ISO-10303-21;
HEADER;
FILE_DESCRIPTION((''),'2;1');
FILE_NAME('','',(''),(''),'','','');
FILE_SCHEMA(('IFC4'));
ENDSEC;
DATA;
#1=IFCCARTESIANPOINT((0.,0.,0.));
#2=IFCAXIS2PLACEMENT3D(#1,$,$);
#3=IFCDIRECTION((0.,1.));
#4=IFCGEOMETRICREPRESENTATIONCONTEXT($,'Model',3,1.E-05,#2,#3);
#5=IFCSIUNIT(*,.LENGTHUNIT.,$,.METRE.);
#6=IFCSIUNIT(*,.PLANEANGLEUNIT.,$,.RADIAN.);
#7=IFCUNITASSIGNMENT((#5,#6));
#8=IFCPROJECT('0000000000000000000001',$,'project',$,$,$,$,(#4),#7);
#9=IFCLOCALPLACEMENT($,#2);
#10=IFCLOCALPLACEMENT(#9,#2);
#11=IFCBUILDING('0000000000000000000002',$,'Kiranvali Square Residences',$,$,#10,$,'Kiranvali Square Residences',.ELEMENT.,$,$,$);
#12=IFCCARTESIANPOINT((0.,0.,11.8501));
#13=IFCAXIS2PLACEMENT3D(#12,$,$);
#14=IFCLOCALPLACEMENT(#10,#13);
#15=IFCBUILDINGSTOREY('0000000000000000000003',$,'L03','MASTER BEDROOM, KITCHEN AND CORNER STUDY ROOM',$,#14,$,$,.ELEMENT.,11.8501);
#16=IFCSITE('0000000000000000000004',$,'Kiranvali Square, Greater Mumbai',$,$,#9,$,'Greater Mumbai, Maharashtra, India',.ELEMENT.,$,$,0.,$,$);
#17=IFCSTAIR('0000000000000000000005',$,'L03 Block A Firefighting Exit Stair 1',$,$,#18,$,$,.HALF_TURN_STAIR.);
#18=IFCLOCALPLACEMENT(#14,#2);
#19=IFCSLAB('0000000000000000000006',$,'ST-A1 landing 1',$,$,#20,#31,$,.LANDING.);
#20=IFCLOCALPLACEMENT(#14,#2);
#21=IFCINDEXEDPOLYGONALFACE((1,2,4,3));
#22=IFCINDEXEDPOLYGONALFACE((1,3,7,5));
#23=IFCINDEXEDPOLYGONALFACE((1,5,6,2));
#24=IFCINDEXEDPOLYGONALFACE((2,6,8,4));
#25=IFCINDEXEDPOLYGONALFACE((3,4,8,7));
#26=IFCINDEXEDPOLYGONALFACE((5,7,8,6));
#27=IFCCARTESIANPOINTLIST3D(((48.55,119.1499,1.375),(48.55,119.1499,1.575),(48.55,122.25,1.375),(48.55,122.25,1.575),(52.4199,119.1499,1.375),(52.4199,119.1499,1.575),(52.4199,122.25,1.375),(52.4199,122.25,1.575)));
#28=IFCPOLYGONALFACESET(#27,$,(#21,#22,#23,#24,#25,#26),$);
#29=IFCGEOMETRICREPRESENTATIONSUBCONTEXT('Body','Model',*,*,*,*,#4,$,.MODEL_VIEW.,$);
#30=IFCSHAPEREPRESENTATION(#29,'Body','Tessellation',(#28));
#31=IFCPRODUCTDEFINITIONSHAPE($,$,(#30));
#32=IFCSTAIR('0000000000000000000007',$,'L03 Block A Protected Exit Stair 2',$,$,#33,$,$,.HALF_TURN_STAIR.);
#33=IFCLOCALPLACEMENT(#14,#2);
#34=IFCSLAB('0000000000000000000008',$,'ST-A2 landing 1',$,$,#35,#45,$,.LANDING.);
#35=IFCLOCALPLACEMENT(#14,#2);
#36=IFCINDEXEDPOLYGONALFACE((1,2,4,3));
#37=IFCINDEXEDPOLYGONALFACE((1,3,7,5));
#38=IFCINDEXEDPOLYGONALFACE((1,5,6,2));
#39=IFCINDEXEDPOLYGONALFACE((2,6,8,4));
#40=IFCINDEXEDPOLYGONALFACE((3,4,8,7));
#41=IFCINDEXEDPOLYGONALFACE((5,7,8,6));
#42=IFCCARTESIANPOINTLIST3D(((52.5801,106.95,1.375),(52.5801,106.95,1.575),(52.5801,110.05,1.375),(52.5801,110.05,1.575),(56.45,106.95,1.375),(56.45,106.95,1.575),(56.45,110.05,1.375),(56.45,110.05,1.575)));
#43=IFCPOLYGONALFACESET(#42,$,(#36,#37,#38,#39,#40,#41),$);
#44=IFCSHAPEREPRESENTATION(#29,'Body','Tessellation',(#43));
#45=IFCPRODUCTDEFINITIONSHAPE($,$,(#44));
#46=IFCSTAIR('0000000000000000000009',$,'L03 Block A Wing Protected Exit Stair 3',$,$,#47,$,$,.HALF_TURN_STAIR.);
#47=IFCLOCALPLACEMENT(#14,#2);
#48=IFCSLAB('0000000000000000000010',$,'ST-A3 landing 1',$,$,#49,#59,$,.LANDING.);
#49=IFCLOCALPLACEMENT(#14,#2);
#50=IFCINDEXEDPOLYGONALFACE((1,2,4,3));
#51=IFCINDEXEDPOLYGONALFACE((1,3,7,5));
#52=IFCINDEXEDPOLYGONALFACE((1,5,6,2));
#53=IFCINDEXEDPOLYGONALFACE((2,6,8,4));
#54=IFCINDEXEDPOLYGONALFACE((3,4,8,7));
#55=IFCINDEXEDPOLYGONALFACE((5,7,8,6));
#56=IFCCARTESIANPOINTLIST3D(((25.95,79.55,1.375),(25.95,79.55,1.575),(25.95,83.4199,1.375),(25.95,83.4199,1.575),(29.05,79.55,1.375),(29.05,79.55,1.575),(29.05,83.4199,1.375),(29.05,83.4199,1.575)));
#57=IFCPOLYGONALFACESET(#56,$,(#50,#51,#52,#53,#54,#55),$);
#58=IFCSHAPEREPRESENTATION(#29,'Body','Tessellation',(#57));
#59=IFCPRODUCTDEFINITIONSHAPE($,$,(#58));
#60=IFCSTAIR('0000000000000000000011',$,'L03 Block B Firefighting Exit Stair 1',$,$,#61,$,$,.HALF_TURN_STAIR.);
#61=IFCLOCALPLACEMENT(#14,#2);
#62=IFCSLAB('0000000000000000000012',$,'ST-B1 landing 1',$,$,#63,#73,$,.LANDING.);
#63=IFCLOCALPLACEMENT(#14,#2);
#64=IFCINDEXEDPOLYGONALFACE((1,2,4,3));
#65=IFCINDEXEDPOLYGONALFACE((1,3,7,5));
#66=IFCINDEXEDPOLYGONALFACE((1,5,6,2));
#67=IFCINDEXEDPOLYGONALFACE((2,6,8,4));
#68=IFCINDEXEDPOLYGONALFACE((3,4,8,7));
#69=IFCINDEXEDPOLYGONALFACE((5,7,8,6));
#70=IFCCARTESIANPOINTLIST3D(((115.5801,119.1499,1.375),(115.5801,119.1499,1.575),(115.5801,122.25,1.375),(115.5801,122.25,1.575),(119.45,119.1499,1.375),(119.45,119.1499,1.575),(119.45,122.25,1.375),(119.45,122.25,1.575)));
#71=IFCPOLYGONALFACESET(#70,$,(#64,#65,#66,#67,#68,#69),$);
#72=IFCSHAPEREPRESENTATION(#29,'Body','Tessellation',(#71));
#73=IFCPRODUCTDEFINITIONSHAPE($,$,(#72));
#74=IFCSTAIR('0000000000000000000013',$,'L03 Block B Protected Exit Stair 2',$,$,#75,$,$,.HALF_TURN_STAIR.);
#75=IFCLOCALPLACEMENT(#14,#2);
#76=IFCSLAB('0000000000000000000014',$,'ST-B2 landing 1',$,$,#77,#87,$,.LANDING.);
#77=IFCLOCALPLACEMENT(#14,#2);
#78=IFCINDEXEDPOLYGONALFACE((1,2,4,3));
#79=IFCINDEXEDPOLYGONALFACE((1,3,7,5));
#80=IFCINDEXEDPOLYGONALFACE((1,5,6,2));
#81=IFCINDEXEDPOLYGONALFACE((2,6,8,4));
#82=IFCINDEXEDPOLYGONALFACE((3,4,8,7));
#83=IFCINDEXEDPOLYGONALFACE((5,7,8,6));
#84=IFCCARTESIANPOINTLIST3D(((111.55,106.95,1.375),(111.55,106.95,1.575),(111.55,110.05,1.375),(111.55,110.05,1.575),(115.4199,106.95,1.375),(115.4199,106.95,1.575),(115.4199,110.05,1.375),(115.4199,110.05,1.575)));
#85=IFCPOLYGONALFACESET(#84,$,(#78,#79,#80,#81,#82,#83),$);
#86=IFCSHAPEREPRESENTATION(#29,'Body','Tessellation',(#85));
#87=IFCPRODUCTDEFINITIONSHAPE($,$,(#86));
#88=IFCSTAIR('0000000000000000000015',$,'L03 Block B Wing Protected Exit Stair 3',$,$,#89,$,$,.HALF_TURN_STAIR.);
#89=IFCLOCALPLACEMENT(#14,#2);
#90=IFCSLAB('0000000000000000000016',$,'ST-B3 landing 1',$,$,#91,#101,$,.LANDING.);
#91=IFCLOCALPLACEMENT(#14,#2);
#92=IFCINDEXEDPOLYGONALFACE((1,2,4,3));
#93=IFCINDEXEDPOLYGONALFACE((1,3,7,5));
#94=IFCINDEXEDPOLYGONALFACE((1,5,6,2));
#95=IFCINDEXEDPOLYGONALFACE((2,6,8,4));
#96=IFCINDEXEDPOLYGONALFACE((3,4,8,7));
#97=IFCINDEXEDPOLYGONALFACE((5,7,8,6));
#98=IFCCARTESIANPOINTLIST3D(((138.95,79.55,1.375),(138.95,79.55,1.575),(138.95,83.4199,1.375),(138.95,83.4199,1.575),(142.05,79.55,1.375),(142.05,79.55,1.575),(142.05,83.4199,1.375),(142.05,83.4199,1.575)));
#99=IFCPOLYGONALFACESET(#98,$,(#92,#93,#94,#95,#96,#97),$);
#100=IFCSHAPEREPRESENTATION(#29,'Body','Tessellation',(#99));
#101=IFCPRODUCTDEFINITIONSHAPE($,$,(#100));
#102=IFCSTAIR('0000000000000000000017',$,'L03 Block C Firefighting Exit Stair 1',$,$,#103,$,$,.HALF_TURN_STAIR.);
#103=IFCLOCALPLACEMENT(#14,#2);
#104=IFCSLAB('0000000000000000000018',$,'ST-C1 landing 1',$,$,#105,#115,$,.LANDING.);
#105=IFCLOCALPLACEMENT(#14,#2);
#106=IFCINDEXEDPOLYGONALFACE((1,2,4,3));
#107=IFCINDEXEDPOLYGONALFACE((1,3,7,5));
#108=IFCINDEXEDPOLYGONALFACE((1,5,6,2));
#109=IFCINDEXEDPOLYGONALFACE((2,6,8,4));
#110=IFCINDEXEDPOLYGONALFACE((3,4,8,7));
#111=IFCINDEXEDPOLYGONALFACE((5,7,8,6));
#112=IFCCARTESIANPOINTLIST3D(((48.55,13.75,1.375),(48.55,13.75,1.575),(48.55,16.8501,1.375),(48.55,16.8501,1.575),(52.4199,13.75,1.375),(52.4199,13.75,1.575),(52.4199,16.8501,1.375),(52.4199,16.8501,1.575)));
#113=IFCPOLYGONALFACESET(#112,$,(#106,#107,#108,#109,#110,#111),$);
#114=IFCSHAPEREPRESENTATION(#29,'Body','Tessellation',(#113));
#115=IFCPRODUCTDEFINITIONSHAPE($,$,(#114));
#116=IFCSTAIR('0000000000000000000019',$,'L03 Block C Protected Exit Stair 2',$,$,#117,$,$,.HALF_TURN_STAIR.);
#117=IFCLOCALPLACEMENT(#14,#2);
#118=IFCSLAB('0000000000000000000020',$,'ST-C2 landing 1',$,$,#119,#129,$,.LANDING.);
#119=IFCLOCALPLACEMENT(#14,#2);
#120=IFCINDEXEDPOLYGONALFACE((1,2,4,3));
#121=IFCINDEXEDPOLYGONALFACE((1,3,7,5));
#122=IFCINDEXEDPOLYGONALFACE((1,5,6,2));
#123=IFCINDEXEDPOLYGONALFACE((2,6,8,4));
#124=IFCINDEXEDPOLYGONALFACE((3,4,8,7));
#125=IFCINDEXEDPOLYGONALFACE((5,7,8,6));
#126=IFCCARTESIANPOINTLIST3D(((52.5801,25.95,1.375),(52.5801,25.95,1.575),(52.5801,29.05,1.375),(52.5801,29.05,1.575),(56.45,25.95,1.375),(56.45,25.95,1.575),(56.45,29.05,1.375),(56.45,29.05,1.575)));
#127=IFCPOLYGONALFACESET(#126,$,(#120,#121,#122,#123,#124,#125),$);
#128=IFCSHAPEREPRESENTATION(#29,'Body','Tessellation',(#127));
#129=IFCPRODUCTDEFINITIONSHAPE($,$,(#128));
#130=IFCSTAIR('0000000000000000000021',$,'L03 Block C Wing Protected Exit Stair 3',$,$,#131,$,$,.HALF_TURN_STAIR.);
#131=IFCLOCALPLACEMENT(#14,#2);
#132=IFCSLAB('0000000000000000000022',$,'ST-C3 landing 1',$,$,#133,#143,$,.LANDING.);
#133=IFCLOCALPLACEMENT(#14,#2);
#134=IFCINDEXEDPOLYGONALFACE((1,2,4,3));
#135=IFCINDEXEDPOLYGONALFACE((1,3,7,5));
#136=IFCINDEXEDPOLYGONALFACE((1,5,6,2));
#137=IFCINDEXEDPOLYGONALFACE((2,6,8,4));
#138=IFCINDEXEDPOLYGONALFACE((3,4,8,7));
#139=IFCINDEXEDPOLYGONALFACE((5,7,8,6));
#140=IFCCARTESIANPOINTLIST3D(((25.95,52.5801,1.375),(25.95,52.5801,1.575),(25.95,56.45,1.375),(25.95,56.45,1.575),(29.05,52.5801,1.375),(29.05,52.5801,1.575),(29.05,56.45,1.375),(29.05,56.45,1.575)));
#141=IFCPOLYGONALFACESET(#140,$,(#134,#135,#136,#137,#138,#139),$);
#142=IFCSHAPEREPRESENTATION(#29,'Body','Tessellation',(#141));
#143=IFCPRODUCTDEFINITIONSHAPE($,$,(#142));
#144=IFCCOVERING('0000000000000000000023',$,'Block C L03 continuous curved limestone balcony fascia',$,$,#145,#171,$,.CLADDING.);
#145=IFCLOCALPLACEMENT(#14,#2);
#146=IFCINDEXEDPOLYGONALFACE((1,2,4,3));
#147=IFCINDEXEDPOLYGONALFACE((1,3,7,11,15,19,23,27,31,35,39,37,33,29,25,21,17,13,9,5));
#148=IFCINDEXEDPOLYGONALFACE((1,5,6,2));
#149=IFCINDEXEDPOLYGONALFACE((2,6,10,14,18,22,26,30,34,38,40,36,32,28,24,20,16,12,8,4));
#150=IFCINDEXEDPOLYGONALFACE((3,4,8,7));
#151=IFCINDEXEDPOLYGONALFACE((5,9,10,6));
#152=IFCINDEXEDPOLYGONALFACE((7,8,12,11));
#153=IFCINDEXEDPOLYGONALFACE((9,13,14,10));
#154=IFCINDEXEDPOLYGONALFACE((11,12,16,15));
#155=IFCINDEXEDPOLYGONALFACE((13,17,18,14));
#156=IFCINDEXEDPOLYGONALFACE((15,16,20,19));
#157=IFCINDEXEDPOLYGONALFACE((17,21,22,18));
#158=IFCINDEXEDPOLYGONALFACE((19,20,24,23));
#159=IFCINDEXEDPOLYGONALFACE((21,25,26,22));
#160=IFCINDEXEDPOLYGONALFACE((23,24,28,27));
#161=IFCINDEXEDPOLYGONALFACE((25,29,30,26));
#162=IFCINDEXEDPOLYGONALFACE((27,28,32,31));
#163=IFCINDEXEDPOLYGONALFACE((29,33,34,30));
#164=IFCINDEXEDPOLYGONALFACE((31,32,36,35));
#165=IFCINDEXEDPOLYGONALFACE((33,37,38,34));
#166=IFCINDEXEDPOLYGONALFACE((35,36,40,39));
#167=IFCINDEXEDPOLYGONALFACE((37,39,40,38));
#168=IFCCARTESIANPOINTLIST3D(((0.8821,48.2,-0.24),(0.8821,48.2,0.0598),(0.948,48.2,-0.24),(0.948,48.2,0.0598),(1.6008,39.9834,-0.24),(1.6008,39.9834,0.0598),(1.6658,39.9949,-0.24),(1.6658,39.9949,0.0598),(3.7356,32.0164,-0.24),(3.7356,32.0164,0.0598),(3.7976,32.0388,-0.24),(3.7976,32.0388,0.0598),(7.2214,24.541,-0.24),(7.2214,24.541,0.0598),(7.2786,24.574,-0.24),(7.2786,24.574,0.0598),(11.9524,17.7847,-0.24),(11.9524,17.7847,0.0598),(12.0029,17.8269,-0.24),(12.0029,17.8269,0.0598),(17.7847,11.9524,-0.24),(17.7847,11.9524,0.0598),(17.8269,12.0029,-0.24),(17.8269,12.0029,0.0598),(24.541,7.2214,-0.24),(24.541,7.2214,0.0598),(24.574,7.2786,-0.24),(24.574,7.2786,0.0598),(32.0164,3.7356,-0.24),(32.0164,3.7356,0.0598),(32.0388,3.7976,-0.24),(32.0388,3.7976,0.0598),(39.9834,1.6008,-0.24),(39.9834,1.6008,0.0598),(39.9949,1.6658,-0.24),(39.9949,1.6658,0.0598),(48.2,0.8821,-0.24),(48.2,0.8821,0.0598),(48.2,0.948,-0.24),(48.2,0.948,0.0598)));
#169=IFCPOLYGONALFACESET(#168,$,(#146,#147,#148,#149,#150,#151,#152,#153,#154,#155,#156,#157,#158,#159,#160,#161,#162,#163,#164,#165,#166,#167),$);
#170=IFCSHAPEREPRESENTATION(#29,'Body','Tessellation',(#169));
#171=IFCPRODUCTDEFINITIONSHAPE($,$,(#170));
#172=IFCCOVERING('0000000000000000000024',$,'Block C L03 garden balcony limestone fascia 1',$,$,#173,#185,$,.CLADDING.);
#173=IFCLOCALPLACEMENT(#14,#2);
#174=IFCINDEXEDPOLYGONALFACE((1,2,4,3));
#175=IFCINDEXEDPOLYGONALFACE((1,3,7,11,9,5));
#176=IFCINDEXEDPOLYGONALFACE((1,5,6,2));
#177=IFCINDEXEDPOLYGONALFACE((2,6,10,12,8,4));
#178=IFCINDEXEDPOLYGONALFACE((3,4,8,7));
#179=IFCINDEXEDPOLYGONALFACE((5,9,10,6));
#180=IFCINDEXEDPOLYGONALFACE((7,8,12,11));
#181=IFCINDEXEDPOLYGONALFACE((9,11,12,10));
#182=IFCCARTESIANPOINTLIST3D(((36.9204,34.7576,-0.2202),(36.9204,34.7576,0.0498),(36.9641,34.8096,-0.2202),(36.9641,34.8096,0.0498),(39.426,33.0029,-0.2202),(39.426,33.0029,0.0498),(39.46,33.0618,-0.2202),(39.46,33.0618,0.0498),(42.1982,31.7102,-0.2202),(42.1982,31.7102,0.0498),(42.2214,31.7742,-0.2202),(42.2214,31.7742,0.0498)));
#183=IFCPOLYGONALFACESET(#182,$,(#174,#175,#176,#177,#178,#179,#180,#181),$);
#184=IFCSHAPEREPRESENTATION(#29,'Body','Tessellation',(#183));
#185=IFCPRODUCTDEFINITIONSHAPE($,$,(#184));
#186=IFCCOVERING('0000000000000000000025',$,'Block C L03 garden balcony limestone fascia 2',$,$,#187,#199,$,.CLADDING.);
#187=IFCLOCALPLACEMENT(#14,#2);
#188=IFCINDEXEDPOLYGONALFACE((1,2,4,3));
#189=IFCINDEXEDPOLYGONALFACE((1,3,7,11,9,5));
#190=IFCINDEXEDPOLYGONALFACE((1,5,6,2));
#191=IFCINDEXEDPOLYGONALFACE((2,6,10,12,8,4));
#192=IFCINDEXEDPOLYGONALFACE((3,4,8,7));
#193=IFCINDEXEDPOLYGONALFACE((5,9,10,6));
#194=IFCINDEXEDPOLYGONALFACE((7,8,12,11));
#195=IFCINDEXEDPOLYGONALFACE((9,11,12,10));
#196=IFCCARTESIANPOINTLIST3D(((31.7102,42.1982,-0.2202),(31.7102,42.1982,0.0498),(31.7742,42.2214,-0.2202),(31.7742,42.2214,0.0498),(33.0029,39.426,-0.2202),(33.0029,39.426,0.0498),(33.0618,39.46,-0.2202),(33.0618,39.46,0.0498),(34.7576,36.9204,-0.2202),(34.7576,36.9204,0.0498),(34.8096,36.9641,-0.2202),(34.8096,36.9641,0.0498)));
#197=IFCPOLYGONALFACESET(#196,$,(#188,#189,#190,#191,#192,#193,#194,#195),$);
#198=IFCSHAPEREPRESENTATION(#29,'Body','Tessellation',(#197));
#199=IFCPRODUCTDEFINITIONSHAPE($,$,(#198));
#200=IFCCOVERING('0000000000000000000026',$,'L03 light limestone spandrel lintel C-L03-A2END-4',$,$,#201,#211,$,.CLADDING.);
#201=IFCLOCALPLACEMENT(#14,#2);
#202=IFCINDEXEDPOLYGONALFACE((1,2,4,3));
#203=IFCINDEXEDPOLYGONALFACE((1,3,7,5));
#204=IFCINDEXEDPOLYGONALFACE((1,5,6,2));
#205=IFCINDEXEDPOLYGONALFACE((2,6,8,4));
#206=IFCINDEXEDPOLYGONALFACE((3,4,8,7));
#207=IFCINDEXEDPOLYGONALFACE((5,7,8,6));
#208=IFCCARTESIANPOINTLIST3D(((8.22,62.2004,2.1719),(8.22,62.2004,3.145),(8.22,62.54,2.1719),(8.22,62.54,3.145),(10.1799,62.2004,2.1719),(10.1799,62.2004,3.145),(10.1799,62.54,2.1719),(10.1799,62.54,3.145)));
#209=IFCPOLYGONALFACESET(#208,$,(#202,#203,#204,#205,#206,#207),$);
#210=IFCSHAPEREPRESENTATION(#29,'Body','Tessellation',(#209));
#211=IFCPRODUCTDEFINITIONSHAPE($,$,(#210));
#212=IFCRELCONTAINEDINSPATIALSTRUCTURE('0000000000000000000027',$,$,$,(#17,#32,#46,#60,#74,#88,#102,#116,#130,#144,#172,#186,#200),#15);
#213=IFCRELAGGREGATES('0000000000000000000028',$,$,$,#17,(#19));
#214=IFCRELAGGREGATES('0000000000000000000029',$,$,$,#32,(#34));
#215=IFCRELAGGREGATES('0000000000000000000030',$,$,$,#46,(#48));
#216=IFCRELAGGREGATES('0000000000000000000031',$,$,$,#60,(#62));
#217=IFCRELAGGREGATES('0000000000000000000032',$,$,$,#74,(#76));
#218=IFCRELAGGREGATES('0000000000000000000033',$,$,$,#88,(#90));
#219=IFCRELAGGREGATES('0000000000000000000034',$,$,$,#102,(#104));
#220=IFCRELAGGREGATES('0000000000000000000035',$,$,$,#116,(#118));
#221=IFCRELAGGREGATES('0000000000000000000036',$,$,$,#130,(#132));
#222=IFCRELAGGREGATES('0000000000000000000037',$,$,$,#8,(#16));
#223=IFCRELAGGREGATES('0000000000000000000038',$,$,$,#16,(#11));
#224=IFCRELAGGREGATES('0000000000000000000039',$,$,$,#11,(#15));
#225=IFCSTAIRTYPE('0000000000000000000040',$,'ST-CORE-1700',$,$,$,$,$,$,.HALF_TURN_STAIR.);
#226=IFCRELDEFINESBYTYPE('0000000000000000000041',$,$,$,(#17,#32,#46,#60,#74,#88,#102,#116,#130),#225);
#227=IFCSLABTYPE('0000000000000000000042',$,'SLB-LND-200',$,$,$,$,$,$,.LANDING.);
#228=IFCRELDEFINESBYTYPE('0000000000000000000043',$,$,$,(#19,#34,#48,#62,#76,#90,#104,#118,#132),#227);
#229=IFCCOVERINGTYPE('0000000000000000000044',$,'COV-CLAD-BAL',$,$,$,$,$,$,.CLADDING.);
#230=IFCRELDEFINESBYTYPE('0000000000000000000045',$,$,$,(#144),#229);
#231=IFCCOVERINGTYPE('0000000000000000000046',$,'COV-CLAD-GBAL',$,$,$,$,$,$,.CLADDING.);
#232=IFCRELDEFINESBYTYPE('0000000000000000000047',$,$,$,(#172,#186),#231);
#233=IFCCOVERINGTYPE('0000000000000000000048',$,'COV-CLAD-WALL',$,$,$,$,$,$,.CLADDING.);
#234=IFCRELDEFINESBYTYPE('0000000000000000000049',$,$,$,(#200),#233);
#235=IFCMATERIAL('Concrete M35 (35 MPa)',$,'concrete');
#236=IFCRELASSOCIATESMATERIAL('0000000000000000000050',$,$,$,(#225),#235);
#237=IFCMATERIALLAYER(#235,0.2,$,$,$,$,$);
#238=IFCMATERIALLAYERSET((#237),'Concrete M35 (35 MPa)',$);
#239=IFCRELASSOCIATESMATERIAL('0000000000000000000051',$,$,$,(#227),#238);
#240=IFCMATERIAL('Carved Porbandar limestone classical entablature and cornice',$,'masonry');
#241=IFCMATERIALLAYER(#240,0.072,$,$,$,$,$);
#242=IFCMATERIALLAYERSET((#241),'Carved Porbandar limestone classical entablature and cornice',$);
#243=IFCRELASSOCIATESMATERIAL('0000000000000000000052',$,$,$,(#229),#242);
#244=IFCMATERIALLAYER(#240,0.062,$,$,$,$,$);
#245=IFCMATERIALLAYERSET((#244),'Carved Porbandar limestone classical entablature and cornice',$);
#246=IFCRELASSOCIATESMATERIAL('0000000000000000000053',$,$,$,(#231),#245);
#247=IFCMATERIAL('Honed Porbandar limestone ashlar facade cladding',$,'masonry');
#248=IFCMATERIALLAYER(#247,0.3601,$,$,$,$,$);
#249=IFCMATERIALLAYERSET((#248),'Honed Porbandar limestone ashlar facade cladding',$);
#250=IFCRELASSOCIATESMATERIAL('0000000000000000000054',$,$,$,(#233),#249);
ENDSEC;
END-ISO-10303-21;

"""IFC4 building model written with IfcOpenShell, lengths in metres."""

from ifc_helpers import new_model, si_unit, direction, frame, origin, place, context, subcontext, project, spatial, polyline, outline, extrude, material, layer, layer_set, type_object, element, aggregate, save


model = new_model("IFC4")

# Units and contexts
model_context = context("Model", 3, precision=1e-05, world=origin(), true_north=direction((0.0, 1.0)))
body_context = subcontext(model_context, "Body", "Model", "MODEL_VIEW")
ifc_project = project(units=[si_unit("LENGTHUNIT", "METRE"), si_unit("PLANEANGLEUNIT", "RADIAN")], contexts=[model_context])

# Site, building, storey
site_placement = place(None, origin())
site = spatial("IfcSite", under=ifc_project, at=site_placement, Name="Kiranvali Square, Greater Mumbai", LongName="Greater Mumbai, Maharashtra, India", CompositionType="ELEMENT", RefElevation=0.0)
building_placement = place(site_placement, origin())
building = spatial("IfcBuilding", under=site, at=building_placement, Name="Kiranvali Square Residences", LongName="Kiranvali Square Residences", CompositionType="ELEMENT")
storey_placement = place(building_placement, frame((0.0, 0.0, 11.8501)))
storey = spatial("IfcBuildingStorey", under=building, at=storey_placement, Name="L03", Description="MASTER BEDROOM, KITCHEN AND CORNER STUDY ROOM", CompositionType="ELEMENT", Elevation=11.8501)

# Stairs, slabs
ifc_material_1 = material(Name="Concrete M35 (35 MPa)", Category="concrete")
stair_type = type_object("IfcStairType", Name="ST-CORE-1700", PredefinedType="HALF_TURN_STAIR", material=ifc_material_1)
stair_1_placement = place(storey_placement, origin())
stair_1 = element("IfcStair", 1, at=stair_1_placement, inside=storey, type_object=stair_type, Name="L03 Block A Firefighting Exit Stair 1", PredefinedType="HALF_TURN_STAIR")
ifc_layer_1 = layer(ifc_material_1, 0.2)
ifc_layer_set_1 = layer_set([ifc_layer_1], Name="Concrete M35 (35 MPa)")
slab_type = type_object("IfcSlabType", Name="SLB-LND-200", PredefinedType="LANDING", material=ifc_layer_set_1)
slab_1_placement = place(storey_placement, frame((0.0, 0.0, 1.375)))
slab_1 = element("IfcSlab", 2, at=slab_1_placement, type_object=slab_type, Name="ST-A1 landing 1", PredefinedType="LANDING", context=body_context, shape_type="SweptSolid", body=[
    extrude(outline(polyline([(52.4199, 122.25), (48.55, 122.25), (48.55, 119.1499), (52.4199, 119.1499), (52.4199, 122.25)])), origin(), (0.0, 0.0, 1.0), 0.2),
])
aggregate(stair_1, [slab_1])
stair_2_placement = place(storey_placement, origin())
stair_2 = element("IfcStair", 3, at=stair_2_placement, inside=storey, type_object=stair_type, Name="L03 Block A Protected Exit Stair 2", PredefinedType="HALF_TURN_STAIR")
slab_2_placement = place(storey_placement, frame((0.0, 0.0, 1.375)))
slab_2 = element("IfcSlab", 4, at=slab_2_placement, type_object=slab_type, Name="ST-A2 landing 1", PredefinedType="LANDING", context=body_context, shape_type="SweptSolid", body=[
    extrude(outline(polyline([(52.5801, 106.95), (56.45, 106.95), (56.45, 110.05), (52.5801, 110.05), (52.5801, 106.95)])), origin(), (0.0, 0.0, 1.0), 0.2),
])
aggregate(stair_2, [slab_2])
stair_3_placement = place(storey_placement, origin())
stair_3 = element("IfcStair", 5, at=stair_3_placement, inside=storey, type_object=stair_type, Name="L03 Block A Wing Protected Exit Stair 3", PredefinedType="HALF_TURN_STAIR")
slab_3_placement = place(storey_placement, frame((0.0, 0.0, 1.375)))
slab_3 = element("IfcSlab", 6, at=slab_3_placement, type_object=slab_type, Name="ST-A3 landing 1", PredefinedType="LANDING", context=body_context, shape_type="SweptSolid", body=[
    extrude(outline(polyline([(25.95, 83.4199), (25.95, 79.55), (29.05, 79.55), (29.05, 83.4199), (25.95, 83.4199)])), origin(), (0.0, 0.0, 1.0), 0.2),
])
aggregate(stair_3, [slab_3])
stair_4_placement = place(storey_placement, origin())
stair_4 = element("IfcStair", 7, at=stair_4_placement, inside=storey, type_object=stair_type, Name="L03 Block B Firefighting Exit Stair 1", PredefinedType="HALF_TURN_STAIR")
slab_4_placement = place(storey_placement, frame((0.0, 0.0, 1.375)))
slab_4 = element("IfcSlab", 8, at=slab_4_placement, type_object=slab_type, Name="ST-B1 landing 1", PredefinedType="LANDING", context=body_context, shape_type="SweptSolid", body=[
    extrude(outline(polyline([(115.5801, 119.1499), (119.45, 119.1499), (119.45, 122.25), (115.5801, 122.25), (115.5801, 119.1499)])), origin(), (0.0, 0.0, 1.0), 0.2),
])
aggregate(stair_4, [slab_4])
stair_5_placement = place(storey_placement, origin())
stair_5 = element("IfcStair", 9, at=stair_5_placement, inside=storey, type_object=stair_type, Name="L03 Block B Protected Exit Stair 2", PredefinedType="HALF_TURN_STAIR")
slab_5_placement = place(storey_placement, frame((0.0, 0.0, 1.375)))
slab_5 = element("IfcSlab", 10, at=slab_5_placement, type_object=slab_type, Name="ST-B2 landing 1", PredefinedType="LANDING", context=body_context, shape_type="SweptSolid", body=[
    extrude(outline(polyline([(115.4199, 110.05), (111.55, 110.05), (111.55, 106.95), (115.4199, 106.95), (115.4199, 110.05)])), origin(), (0.0, 0.0, 1.0), 0.2),
])
aggregate(stair_5, [slab_5])
stair_6_placement = place(storey_placement, origin())
stair_6 = element("IfcStair", 11, at=stair_6_placement, inside=storey, type_object=stair_type, Name="L03 Block B Wing Protected Exit Stair 3", PredefinedType="HALF_TURN_STAIR")
slab_6_placement = place(storey_placement, frame((0.0, 0.0, 1.375)))
slab_6 = element("IfcSlab", 12, at=slab_6_placement, type_object=slab_type, Name="ST-B3 landing 1", PredefinedType="LANDING", context=body_context, shape_type="SweptSolid", body=[
    extrude(outline(polyline([(138.95, 83.4199), (138.95, 79.55), (142.05, 79.55), (142.05, 83.4199), (138.95, 83.4199)])), origin(), (0.0, 0.0, 1.0), 0.2),
])
aggregate(stair_6, [slab_6])
stair_7_placement = place(storey_placement, origin())
stair_7 = element("IfcStair", 13, at=stair_7_placement, inside=storey, type_object=stair_type, Name="L03 Block C Firefighting Exit Stair 1", PredefinedType="HALF_TURN_STAIR")
slab_7_placement = place(storey_placement, frame((0.0, 0.0, 1.375)))
slab_7 = element("IfcSlab", 14, at=slab_7_placement, type_object=slab_type, Name="ST-C1 landing 1", PredefinedType="LANDING", context=body_context, shape_type="SweptSolid", body=[
    extrude(outline(polyline([(52.4199, 16.8501), (48.55, 16.8501), (48.55, 13.75), (52.4199, 13.75), (52.4199, 16.8501)])), origin(), (0.0, 0.0, 1.0), 0.2),
])
aggregate(stair_7, [slab_7])
stair_8_placement = place(storey_placement, origin())
stair_8 = element("IfcStair", 15, at=stair_8_placement, inside=storey, type_object=stair_type, Name="L03 Block C Protected Exit Stair 2", PredefinedType="HALF_TURN_STAIR")
slab_8_placement = place(storey_placement, frame((0.0, 0.0, 1.375)))
slab_8 = element("IfcSlab", 16, at=slab_8_placement, type_object=slab_type, Name="ST-C2 landing 1", PredefinedType="LANDING", context=body_context, shape_type="SweptSolid", body=[
    extrude(outline(polyline([(52.5801, 25.95), (56.45, 25.95), (56.45, 29.05), (52.5801, 29.05), (52.5801, 25.95)])), origin(), (0.0, 0.0, 1.0), 0.2),
])
aggregate(stair_8, [slab_8])
stair_9_placement = place(storey_placement, origin())
stair_9 = element("IfcStair", 17, at=stair_9_placement, inside=storey, type_object=stair_type, Name="L03 Block C Wing Protected Exit Stair 3", PredefinedType="HALF_TURN_STAIR")
slab_9_placement = place(storey_placement, frame((0.0, 0.0, 1.375)))
slab_9 = element("IfcSlab", 18, at=slab_9_placement, type_object=slab_type, Name="ST-C3 landing 1", PredefinedType="LANDING", context=body_context, shape_type="SweptSolid", body=[
    extrude(outline(polyline([(29.05, 52.5801), (29.05, 56.45), (25.95, 56.45), (25.95, 52.5801), (29.05, 52.5801)])), origin(), (0.0, 0.0, 1.0), 0.2),
])
aggregate(stair_9, [slab_9])

# Coverings
ifc_material_2 = material(Name="Carved Porbandar limestone classical entablature and cornice", Category="masonry")
ifc_layer_2 = layer(ifc_material_2, 0.072)
ifc_layer_set_2 = layer_set([ifc_layer_2], Name="Carved Porbandar limestone classical entablature and cornice")
covering_type_1 = type_object("IfcCoveringType", Name="COV-CLAD-BAL", PredefinedType="CLADDING", material=ifc_layer_set_2)
covering_1_placement = place(storey_placement, frame((0.0, 0.0, -0.24)))
element("IfcCovering", 19, at=covering_1_placement, inside=storey, type_object=covering_type_1, Name="Block C L03 continuous curved limestone balcony fascia", PredefinedType="CLADDING", context=body_context, shape_type="SweptSolid", body=[
    extrude(outline(polyline([(48.2, 0.948), (39.9949, 1.6658), (32.0388, 3.7976), (24.574, 7.2786), (17.8269, 12.0029), (12.0029, 17.8269), (7.2786, 24.574), (3.7976, 32.0388), (1.6658, 39.9949), (0.948, 48.2), (0.8821, 48.2), (1.6008, 39.9834), (3.7356, 32.0164), (7.2214, 24.541), (11.9524, 17.7847), (17.7847, 11.9524), (24.541, 7.2214), (32.0164, 3.7356), (39.9834, 1.6008), (48.2, 0.8821), (48.2, 0.948)])), origin(), (0.0, 0.0, 1.0), 0.2998),
])
ifc_layer_3 = layer(ifc_material_2, 0.062)
ifc_layer_set_3 = layer_set([ifc_layer_3], Name="Carved Porbandar limestone classical entablature and cornice")
covering_type_2 = type_object("IfcCoveringType", Name="COV-CLAD-GBAL", PredefinedType="CLADDING", material=ifc_layer_set_3)
covering_2_placement = place(storey_placement, frame((0.0, 0.0, -0.2202)))
element("IfcCovering", 20, at=covering_2_placement, inside=storey, type_object=covering_type_2, Name="Block C L03 garden balcony limestone fascia 1", PredefinedType="CLADDING", context=body_context, shape_type="SweptSolid", body=[
    extrude(outline(polyline([(42.2214, 31.7742), (39.46, 33.0618), (36.9641, 34.8096), (36.9204, 34.7576), (39.426, 33.0029), (42.1982, 31.7102), (42.2214, 31.7742)])), origin(), (0.0, 0.0, 1.0), 0.27),
])
covering_3_placement = place(storey_placement, frame((0.0, 0.0, -0.2202)))
element("IfcCovering", 21, at=covering_3_placement, inside=storey, type_object=covering_type_2, Name="Block C L03 garden balcony limestone fascia 2", PredefinedType="CLADDING", context=body_context, shape_type="SweptSolid", body=[
    extrude(outline(polyline([(34.8096, 36.9641), (33.0618, 39.46), (31.7742, 42.2214), (31.7102, 42.1982), (33.0029, 39.426), (34.7576, 36.9204), (34.8096, 36.9641)])), origin(), (0.0, 0.0, 1.0), 0.27),
])
ifc_material_3 = material(Name="Honed Porbandar limestone ashlar facade cladding", Category="masonry")
ifc_layer_4 = layer(ifc_material_3, 0.3601)
ifc_layer_set_4 = layer_set([ifc_layer_4], Name="Honed Porbandar limestone ashlar facade cladding")
covering_type_3 = type_object("IfcCoveringType", Name="COV-CLAD-WALL", PredefinedType="CLADDING", material=ifc_layer_set_4)
covering_4_placement = place(storey_placement, frame((0.0, 0.0, 2.1719)))
element("IfcCovering", 22, at=covering_4_placement, inside=storey, type_object=covering_type_3, Name="L03 light limestone spandrel lintel C-L03-A2END-4", PredefinedType="CLADDING", context=body_context, shape_type="SweptSolid", body=[
    extrude(outline(polyline([(10.1799, 62.54), (8.22, 62.54), (8.22, 62.2004), (10.1799, 62.2004), (10.1799, 62.54)])), origin(), (0.0, 0.0, 1.0), 0.9731),
])

save(model, "model.ifc")
